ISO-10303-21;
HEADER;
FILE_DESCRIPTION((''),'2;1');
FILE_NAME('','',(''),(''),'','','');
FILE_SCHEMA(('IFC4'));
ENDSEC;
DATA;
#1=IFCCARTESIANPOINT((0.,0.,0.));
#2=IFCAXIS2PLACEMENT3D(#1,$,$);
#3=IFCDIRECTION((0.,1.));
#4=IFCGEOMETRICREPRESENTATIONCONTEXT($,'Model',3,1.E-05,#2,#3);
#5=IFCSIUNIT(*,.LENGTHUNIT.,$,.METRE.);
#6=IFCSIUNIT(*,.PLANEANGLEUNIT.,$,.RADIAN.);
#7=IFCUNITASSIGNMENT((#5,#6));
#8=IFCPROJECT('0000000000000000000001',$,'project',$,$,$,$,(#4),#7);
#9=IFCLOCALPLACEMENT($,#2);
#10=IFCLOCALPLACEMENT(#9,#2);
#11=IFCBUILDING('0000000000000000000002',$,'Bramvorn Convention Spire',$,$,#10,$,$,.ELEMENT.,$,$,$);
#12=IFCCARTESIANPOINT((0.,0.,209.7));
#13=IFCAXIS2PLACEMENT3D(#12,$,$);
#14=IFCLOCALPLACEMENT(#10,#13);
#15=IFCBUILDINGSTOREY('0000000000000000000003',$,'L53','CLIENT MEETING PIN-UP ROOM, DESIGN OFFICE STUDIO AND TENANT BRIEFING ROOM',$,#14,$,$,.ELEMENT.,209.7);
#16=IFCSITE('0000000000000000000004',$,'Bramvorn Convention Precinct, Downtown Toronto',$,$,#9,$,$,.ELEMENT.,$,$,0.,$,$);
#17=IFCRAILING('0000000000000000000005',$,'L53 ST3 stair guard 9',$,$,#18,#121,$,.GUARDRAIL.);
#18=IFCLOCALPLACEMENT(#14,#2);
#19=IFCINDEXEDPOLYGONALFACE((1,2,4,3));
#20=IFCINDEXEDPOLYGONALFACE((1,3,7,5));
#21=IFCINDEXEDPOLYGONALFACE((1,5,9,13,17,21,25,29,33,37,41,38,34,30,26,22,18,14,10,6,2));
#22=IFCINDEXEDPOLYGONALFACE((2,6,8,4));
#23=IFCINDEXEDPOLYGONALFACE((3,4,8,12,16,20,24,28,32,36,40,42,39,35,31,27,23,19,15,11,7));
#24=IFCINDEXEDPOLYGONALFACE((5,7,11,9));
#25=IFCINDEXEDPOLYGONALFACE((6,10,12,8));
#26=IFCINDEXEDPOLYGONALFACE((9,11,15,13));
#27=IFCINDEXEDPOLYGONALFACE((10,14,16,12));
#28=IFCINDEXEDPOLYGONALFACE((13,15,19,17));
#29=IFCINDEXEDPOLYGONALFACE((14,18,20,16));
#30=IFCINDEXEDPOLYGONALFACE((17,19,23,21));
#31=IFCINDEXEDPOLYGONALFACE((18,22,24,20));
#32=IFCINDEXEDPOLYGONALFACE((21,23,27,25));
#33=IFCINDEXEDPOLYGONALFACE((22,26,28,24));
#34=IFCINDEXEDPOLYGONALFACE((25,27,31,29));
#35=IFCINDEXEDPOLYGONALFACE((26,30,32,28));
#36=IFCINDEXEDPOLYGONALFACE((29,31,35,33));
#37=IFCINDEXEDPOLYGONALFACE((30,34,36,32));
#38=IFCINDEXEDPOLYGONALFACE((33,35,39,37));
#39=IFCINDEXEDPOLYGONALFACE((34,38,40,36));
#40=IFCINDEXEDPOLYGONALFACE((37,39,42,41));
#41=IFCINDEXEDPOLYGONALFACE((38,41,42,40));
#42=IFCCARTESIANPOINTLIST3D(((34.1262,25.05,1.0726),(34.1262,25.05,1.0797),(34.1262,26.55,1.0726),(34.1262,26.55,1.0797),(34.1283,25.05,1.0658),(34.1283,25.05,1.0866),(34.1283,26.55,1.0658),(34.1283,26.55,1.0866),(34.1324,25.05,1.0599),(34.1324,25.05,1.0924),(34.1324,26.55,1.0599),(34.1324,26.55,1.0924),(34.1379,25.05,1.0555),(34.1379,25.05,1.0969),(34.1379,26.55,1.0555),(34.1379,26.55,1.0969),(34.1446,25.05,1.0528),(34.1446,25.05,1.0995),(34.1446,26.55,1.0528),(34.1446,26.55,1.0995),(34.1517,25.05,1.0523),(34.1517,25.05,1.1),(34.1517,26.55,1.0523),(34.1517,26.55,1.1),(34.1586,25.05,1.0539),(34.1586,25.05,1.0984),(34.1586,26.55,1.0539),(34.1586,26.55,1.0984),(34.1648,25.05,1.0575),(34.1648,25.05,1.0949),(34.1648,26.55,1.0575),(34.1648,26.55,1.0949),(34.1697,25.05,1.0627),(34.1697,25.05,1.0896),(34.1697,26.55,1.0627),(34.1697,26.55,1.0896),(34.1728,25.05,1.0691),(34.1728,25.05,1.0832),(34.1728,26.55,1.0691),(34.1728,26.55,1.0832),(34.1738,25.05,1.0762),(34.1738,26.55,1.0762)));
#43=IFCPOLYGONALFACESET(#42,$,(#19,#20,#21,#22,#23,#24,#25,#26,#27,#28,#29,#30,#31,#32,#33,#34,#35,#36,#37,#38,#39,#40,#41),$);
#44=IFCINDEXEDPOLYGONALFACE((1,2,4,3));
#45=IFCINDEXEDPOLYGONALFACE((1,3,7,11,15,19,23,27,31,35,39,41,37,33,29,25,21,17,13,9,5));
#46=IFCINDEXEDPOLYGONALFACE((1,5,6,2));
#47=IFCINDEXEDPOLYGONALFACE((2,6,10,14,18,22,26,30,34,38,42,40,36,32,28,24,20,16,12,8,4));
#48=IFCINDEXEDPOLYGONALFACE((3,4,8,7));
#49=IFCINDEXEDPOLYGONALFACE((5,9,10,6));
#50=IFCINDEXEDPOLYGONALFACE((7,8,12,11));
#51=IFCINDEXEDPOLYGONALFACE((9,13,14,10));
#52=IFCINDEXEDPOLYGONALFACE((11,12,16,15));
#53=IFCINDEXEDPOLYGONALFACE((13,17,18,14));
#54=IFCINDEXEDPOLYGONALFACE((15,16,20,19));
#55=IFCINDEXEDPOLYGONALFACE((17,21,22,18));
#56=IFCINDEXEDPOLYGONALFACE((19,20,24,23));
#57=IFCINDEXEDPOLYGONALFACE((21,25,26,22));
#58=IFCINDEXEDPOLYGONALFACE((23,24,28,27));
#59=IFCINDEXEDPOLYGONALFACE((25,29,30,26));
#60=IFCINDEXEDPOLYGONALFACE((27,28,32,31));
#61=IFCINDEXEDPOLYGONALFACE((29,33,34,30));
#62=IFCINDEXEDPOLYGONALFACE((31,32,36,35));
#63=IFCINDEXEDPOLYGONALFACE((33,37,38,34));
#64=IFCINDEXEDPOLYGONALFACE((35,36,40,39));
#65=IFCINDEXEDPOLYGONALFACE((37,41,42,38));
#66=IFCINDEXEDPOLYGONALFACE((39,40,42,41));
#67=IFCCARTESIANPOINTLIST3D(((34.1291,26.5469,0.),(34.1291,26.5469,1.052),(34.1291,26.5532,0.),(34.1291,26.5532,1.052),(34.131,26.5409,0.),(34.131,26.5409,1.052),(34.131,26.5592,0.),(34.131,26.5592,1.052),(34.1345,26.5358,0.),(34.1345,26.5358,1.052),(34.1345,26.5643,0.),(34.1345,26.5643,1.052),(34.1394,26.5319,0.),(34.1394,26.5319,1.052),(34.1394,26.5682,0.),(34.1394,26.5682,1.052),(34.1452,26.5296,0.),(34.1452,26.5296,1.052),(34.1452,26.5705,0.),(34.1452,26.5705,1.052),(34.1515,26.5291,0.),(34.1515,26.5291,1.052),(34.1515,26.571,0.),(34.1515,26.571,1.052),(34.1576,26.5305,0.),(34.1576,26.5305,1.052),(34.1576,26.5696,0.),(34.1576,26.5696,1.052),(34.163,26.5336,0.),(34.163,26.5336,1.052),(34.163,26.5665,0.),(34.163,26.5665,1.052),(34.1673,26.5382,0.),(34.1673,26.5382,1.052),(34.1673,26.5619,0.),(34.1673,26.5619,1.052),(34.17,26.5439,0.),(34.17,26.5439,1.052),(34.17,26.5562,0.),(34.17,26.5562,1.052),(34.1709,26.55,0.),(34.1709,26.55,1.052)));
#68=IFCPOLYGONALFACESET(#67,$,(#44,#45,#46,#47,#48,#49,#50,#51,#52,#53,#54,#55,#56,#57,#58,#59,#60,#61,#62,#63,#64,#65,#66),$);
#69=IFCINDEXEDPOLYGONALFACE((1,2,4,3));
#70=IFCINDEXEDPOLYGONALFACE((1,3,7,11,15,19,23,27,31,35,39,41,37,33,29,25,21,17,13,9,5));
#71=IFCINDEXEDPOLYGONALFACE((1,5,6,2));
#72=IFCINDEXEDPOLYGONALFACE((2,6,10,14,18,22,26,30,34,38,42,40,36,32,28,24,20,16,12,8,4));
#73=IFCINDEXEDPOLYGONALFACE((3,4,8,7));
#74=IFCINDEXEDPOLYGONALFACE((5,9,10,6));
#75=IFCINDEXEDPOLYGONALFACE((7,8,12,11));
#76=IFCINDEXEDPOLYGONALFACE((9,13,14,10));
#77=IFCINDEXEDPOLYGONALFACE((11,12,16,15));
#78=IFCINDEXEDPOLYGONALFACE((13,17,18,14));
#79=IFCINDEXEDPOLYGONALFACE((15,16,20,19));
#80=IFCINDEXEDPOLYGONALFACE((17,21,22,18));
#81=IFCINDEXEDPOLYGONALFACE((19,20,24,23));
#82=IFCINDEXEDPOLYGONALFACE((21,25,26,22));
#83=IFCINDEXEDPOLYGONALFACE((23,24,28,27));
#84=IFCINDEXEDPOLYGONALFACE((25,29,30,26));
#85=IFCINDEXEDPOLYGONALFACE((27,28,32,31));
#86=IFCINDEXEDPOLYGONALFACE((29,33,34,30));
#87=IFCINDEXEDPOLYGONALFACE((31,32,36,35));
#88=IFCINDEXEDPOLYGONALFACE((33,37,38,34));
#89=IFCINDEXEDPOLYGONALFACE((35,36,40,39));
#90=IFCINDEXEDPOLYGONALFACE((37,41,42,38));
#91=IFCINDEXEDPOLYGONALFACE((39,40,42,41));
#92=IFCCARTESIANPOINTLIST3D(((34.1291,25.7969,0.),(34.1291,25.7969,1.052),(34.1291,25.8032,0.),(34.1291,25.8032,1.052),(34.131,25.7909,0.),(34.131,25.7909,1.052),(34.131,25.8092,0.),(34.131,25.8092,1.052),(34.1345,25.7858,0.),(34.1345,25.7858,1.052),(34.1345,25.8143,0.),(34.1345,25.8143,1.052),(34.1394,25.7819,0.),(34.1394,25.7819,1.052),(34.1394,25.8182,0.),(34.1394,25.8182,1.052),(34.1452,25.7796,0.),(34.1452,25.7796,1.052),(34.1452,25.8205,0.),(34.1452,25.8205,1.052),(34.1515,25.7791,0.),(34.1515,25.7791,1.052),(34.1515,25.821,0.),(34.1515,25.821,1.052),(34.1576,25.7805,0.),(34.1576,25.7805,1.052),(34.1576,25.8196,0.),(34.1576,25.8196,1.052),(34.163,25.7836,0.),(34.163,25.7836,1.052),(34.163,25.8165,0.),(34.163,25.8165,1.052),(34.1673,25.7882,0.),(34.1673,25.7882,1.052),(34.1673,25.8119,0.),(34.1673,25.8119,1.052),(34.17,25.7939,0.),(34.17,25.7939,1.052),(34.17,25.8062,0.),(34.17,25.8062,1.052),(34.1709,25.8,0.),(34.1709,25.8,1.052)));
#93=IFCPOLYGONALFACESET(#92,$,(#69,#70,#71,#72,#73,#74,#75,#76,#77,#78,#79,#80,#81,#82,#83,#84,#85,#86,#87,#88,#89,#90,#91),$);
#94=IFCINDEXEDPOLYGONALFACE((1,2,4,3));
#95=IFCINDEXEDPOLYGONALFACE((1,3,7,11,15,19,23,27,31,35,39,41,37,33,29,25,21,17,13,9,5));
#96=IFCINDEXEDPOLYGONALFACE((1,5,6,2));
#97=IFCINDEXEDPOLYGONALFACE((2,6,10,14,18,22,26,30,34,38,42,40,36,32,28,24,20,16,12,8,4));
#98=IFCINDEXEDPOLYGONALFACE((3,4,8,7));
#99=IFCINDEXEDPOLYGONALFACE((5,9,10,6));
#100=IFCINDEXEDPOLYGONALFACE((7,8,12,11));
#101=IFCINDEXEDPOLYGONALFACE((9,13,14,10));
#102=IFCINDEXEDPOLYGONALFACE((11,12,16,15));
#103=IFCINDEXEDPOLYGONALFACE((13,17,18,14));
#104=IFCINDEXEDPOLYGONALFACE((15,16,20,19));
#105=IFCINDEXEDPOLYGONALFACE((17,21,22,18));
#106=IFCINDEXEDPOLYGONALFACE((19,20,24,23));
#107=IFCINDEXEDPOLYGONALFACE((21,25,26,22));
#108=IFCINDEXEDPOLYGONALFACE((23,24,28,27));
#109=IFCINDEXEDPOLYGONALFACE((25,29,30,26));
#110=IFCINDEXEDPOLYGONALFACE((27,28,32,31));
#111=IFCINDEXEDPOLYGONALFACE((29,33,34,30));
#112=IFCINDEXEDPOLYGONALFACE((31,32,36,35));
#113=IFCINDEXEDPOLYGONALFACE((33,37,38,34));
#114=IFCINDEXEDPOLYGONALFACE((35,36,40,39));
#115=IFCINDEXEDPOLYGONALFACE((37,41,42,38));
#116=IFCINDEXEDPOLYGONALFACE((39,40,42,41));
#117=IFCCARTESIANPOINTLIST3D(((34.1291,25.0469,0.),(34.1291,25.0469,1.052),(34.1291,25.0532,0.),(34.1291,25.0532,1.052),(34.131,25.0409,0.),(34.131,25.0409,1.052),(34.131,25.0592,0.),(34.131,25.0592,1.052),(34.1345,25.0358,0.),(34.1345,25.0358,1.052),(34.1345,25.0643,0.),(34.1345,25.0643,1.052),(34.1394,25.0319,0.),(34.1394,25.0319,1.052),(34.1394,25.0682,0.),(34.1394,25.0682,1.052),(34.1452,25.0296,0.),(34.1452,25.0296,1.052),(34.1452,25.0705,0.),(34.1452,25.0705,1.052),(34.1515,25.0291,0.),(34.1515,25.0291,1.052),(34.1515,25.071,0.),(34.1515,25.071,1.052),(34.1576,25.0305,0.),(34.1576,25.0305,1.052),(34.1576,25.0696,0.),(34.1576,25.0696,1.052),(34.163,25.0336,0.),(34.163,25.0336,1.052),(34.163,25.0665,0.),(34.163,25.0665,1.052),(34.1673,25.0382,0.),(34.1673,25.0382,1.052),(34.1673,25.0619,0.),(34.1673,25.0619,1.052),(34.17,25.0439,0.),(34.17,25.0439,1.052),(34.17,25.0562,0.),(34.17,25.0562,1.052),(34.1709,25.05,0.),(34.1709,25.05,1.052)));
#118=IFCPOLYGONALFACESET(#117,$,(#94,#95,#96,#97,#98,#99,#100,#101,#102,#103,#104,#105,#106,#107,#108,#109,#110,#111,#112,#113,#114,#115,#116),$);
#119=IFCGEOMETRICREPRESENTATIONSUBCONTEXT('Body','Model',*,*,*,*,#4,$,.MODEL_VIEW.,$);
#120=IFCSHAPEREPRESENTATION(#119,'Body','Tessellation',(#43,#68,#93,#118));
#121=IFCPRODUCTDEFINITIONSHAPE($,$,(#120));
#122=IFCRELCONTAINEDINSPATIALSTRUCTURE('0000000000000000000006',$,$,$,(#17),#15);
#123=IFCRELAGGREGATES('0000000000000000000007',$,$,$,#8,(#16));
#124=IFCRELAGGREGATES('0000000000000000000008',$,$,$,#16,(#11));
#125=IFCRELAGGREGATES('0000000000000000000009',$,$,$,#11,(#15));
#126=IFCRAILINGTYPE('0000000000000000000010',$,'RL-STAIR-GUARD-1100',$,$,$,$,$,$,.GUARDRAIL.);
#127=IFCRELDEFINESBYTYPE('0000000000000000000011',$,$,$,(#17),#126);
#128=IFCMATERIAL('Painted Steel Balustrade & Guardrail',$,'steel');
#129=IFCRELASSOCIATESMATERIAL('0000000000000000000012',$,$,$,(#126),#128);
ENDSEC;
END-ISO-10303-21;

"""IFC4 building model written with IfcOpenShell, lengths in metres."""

from ifc_helpers import new_model, si_unit, direction, frame, origin, origin_2d, place, context, subcontext, project, spatial, circle, extrude, material, type_object, element, save


model = new_model("IFC4")

# Units and contexts
model_context = context("Model", 3, precision=1e-05, world=origin(), true_north=direction((0.0, 1.0)))
body_context = subcontext(model_context, "Body", "Model", "MODEL_VIEW")
ifc_project = project(units=[si_unit("LENGTHUNIT", "METRE"), si_unit("PLANEANGLEUNIT", "RADIAN")], contexts=[model_context])

# Site, building, storey
site_placement = place(None, origin())
site = spatial("IfcSite", under=ifc_project, at=site_placement, Name="Bramvorn Convention Precinct, Downtown Toronto", CompositionType="ELEMENT", RefElevation=0.0)
building_placement = place(site_placement, origin())
building = spatial("IfcBuilding", under=site, at=building_placement, Name="Bramvorn Convention Spire", CompositionType="ELEMENT")
storey_placement = place(building_placement, frame((0.0, 0.0, 209.7)))
storey = spatial("IfcBuildingStorey", under=building, at=storey_placement, Name="L53", Description="CLIENT MEETING PIN-UP ROOM, DESIGN OFFICE STUDIO AND TENANT BRIEFING ROOM", CompositionType="ELEMENT", Elevation=209.7)

# Railing
ifc_material_1 = material(Name="Painted Steel Balustrade & Guardrail", Category="steel")
railing_type_1 = type_object("IfcRailingType", Name="RL-STAIR-GUARD-1100", PredefinedType="GUARDRAIL", material=ifc_material_1)
railing_1_placement = place(storey_placement, frame((34.1499, 26.55, 0.0)))
element("IfcRailing", 1, at=railing_1_placement, inside=storey, type_object=railing_type_1, Name="L53 ST3 stair guard 9", PredefinedType="GUARDRAIL", context=body_context, shape_type="SweptSolid", body=[
    extrude(circle(Radius=0.0239, at=origin_2d()), frame((0.0, 0.0, 1.0762), z_axis=(0.0, -1.0, 0.0), x_axis=(1.0, 0.0, 0.0)), (0.0, 0.0, 1.0), 1.5),
    extrude(circle(Radius=0.021, at=origin_2d()), origin(), (0.0, 0.0, 1.0), 1.052),
    extrude(circle(Radius=0.021, at=origin_2d()), frame((0.0, -0.75, 0.0)), (0.0, 0.0, 1.0), 1.052),
    extrude(circle(Radius=0.021, at=origin_2d()), frame((0.0, -1.5, 0.0)), (0.0, 0.0, 1.0), 1.052),
])

save(model, "model.ifc")
